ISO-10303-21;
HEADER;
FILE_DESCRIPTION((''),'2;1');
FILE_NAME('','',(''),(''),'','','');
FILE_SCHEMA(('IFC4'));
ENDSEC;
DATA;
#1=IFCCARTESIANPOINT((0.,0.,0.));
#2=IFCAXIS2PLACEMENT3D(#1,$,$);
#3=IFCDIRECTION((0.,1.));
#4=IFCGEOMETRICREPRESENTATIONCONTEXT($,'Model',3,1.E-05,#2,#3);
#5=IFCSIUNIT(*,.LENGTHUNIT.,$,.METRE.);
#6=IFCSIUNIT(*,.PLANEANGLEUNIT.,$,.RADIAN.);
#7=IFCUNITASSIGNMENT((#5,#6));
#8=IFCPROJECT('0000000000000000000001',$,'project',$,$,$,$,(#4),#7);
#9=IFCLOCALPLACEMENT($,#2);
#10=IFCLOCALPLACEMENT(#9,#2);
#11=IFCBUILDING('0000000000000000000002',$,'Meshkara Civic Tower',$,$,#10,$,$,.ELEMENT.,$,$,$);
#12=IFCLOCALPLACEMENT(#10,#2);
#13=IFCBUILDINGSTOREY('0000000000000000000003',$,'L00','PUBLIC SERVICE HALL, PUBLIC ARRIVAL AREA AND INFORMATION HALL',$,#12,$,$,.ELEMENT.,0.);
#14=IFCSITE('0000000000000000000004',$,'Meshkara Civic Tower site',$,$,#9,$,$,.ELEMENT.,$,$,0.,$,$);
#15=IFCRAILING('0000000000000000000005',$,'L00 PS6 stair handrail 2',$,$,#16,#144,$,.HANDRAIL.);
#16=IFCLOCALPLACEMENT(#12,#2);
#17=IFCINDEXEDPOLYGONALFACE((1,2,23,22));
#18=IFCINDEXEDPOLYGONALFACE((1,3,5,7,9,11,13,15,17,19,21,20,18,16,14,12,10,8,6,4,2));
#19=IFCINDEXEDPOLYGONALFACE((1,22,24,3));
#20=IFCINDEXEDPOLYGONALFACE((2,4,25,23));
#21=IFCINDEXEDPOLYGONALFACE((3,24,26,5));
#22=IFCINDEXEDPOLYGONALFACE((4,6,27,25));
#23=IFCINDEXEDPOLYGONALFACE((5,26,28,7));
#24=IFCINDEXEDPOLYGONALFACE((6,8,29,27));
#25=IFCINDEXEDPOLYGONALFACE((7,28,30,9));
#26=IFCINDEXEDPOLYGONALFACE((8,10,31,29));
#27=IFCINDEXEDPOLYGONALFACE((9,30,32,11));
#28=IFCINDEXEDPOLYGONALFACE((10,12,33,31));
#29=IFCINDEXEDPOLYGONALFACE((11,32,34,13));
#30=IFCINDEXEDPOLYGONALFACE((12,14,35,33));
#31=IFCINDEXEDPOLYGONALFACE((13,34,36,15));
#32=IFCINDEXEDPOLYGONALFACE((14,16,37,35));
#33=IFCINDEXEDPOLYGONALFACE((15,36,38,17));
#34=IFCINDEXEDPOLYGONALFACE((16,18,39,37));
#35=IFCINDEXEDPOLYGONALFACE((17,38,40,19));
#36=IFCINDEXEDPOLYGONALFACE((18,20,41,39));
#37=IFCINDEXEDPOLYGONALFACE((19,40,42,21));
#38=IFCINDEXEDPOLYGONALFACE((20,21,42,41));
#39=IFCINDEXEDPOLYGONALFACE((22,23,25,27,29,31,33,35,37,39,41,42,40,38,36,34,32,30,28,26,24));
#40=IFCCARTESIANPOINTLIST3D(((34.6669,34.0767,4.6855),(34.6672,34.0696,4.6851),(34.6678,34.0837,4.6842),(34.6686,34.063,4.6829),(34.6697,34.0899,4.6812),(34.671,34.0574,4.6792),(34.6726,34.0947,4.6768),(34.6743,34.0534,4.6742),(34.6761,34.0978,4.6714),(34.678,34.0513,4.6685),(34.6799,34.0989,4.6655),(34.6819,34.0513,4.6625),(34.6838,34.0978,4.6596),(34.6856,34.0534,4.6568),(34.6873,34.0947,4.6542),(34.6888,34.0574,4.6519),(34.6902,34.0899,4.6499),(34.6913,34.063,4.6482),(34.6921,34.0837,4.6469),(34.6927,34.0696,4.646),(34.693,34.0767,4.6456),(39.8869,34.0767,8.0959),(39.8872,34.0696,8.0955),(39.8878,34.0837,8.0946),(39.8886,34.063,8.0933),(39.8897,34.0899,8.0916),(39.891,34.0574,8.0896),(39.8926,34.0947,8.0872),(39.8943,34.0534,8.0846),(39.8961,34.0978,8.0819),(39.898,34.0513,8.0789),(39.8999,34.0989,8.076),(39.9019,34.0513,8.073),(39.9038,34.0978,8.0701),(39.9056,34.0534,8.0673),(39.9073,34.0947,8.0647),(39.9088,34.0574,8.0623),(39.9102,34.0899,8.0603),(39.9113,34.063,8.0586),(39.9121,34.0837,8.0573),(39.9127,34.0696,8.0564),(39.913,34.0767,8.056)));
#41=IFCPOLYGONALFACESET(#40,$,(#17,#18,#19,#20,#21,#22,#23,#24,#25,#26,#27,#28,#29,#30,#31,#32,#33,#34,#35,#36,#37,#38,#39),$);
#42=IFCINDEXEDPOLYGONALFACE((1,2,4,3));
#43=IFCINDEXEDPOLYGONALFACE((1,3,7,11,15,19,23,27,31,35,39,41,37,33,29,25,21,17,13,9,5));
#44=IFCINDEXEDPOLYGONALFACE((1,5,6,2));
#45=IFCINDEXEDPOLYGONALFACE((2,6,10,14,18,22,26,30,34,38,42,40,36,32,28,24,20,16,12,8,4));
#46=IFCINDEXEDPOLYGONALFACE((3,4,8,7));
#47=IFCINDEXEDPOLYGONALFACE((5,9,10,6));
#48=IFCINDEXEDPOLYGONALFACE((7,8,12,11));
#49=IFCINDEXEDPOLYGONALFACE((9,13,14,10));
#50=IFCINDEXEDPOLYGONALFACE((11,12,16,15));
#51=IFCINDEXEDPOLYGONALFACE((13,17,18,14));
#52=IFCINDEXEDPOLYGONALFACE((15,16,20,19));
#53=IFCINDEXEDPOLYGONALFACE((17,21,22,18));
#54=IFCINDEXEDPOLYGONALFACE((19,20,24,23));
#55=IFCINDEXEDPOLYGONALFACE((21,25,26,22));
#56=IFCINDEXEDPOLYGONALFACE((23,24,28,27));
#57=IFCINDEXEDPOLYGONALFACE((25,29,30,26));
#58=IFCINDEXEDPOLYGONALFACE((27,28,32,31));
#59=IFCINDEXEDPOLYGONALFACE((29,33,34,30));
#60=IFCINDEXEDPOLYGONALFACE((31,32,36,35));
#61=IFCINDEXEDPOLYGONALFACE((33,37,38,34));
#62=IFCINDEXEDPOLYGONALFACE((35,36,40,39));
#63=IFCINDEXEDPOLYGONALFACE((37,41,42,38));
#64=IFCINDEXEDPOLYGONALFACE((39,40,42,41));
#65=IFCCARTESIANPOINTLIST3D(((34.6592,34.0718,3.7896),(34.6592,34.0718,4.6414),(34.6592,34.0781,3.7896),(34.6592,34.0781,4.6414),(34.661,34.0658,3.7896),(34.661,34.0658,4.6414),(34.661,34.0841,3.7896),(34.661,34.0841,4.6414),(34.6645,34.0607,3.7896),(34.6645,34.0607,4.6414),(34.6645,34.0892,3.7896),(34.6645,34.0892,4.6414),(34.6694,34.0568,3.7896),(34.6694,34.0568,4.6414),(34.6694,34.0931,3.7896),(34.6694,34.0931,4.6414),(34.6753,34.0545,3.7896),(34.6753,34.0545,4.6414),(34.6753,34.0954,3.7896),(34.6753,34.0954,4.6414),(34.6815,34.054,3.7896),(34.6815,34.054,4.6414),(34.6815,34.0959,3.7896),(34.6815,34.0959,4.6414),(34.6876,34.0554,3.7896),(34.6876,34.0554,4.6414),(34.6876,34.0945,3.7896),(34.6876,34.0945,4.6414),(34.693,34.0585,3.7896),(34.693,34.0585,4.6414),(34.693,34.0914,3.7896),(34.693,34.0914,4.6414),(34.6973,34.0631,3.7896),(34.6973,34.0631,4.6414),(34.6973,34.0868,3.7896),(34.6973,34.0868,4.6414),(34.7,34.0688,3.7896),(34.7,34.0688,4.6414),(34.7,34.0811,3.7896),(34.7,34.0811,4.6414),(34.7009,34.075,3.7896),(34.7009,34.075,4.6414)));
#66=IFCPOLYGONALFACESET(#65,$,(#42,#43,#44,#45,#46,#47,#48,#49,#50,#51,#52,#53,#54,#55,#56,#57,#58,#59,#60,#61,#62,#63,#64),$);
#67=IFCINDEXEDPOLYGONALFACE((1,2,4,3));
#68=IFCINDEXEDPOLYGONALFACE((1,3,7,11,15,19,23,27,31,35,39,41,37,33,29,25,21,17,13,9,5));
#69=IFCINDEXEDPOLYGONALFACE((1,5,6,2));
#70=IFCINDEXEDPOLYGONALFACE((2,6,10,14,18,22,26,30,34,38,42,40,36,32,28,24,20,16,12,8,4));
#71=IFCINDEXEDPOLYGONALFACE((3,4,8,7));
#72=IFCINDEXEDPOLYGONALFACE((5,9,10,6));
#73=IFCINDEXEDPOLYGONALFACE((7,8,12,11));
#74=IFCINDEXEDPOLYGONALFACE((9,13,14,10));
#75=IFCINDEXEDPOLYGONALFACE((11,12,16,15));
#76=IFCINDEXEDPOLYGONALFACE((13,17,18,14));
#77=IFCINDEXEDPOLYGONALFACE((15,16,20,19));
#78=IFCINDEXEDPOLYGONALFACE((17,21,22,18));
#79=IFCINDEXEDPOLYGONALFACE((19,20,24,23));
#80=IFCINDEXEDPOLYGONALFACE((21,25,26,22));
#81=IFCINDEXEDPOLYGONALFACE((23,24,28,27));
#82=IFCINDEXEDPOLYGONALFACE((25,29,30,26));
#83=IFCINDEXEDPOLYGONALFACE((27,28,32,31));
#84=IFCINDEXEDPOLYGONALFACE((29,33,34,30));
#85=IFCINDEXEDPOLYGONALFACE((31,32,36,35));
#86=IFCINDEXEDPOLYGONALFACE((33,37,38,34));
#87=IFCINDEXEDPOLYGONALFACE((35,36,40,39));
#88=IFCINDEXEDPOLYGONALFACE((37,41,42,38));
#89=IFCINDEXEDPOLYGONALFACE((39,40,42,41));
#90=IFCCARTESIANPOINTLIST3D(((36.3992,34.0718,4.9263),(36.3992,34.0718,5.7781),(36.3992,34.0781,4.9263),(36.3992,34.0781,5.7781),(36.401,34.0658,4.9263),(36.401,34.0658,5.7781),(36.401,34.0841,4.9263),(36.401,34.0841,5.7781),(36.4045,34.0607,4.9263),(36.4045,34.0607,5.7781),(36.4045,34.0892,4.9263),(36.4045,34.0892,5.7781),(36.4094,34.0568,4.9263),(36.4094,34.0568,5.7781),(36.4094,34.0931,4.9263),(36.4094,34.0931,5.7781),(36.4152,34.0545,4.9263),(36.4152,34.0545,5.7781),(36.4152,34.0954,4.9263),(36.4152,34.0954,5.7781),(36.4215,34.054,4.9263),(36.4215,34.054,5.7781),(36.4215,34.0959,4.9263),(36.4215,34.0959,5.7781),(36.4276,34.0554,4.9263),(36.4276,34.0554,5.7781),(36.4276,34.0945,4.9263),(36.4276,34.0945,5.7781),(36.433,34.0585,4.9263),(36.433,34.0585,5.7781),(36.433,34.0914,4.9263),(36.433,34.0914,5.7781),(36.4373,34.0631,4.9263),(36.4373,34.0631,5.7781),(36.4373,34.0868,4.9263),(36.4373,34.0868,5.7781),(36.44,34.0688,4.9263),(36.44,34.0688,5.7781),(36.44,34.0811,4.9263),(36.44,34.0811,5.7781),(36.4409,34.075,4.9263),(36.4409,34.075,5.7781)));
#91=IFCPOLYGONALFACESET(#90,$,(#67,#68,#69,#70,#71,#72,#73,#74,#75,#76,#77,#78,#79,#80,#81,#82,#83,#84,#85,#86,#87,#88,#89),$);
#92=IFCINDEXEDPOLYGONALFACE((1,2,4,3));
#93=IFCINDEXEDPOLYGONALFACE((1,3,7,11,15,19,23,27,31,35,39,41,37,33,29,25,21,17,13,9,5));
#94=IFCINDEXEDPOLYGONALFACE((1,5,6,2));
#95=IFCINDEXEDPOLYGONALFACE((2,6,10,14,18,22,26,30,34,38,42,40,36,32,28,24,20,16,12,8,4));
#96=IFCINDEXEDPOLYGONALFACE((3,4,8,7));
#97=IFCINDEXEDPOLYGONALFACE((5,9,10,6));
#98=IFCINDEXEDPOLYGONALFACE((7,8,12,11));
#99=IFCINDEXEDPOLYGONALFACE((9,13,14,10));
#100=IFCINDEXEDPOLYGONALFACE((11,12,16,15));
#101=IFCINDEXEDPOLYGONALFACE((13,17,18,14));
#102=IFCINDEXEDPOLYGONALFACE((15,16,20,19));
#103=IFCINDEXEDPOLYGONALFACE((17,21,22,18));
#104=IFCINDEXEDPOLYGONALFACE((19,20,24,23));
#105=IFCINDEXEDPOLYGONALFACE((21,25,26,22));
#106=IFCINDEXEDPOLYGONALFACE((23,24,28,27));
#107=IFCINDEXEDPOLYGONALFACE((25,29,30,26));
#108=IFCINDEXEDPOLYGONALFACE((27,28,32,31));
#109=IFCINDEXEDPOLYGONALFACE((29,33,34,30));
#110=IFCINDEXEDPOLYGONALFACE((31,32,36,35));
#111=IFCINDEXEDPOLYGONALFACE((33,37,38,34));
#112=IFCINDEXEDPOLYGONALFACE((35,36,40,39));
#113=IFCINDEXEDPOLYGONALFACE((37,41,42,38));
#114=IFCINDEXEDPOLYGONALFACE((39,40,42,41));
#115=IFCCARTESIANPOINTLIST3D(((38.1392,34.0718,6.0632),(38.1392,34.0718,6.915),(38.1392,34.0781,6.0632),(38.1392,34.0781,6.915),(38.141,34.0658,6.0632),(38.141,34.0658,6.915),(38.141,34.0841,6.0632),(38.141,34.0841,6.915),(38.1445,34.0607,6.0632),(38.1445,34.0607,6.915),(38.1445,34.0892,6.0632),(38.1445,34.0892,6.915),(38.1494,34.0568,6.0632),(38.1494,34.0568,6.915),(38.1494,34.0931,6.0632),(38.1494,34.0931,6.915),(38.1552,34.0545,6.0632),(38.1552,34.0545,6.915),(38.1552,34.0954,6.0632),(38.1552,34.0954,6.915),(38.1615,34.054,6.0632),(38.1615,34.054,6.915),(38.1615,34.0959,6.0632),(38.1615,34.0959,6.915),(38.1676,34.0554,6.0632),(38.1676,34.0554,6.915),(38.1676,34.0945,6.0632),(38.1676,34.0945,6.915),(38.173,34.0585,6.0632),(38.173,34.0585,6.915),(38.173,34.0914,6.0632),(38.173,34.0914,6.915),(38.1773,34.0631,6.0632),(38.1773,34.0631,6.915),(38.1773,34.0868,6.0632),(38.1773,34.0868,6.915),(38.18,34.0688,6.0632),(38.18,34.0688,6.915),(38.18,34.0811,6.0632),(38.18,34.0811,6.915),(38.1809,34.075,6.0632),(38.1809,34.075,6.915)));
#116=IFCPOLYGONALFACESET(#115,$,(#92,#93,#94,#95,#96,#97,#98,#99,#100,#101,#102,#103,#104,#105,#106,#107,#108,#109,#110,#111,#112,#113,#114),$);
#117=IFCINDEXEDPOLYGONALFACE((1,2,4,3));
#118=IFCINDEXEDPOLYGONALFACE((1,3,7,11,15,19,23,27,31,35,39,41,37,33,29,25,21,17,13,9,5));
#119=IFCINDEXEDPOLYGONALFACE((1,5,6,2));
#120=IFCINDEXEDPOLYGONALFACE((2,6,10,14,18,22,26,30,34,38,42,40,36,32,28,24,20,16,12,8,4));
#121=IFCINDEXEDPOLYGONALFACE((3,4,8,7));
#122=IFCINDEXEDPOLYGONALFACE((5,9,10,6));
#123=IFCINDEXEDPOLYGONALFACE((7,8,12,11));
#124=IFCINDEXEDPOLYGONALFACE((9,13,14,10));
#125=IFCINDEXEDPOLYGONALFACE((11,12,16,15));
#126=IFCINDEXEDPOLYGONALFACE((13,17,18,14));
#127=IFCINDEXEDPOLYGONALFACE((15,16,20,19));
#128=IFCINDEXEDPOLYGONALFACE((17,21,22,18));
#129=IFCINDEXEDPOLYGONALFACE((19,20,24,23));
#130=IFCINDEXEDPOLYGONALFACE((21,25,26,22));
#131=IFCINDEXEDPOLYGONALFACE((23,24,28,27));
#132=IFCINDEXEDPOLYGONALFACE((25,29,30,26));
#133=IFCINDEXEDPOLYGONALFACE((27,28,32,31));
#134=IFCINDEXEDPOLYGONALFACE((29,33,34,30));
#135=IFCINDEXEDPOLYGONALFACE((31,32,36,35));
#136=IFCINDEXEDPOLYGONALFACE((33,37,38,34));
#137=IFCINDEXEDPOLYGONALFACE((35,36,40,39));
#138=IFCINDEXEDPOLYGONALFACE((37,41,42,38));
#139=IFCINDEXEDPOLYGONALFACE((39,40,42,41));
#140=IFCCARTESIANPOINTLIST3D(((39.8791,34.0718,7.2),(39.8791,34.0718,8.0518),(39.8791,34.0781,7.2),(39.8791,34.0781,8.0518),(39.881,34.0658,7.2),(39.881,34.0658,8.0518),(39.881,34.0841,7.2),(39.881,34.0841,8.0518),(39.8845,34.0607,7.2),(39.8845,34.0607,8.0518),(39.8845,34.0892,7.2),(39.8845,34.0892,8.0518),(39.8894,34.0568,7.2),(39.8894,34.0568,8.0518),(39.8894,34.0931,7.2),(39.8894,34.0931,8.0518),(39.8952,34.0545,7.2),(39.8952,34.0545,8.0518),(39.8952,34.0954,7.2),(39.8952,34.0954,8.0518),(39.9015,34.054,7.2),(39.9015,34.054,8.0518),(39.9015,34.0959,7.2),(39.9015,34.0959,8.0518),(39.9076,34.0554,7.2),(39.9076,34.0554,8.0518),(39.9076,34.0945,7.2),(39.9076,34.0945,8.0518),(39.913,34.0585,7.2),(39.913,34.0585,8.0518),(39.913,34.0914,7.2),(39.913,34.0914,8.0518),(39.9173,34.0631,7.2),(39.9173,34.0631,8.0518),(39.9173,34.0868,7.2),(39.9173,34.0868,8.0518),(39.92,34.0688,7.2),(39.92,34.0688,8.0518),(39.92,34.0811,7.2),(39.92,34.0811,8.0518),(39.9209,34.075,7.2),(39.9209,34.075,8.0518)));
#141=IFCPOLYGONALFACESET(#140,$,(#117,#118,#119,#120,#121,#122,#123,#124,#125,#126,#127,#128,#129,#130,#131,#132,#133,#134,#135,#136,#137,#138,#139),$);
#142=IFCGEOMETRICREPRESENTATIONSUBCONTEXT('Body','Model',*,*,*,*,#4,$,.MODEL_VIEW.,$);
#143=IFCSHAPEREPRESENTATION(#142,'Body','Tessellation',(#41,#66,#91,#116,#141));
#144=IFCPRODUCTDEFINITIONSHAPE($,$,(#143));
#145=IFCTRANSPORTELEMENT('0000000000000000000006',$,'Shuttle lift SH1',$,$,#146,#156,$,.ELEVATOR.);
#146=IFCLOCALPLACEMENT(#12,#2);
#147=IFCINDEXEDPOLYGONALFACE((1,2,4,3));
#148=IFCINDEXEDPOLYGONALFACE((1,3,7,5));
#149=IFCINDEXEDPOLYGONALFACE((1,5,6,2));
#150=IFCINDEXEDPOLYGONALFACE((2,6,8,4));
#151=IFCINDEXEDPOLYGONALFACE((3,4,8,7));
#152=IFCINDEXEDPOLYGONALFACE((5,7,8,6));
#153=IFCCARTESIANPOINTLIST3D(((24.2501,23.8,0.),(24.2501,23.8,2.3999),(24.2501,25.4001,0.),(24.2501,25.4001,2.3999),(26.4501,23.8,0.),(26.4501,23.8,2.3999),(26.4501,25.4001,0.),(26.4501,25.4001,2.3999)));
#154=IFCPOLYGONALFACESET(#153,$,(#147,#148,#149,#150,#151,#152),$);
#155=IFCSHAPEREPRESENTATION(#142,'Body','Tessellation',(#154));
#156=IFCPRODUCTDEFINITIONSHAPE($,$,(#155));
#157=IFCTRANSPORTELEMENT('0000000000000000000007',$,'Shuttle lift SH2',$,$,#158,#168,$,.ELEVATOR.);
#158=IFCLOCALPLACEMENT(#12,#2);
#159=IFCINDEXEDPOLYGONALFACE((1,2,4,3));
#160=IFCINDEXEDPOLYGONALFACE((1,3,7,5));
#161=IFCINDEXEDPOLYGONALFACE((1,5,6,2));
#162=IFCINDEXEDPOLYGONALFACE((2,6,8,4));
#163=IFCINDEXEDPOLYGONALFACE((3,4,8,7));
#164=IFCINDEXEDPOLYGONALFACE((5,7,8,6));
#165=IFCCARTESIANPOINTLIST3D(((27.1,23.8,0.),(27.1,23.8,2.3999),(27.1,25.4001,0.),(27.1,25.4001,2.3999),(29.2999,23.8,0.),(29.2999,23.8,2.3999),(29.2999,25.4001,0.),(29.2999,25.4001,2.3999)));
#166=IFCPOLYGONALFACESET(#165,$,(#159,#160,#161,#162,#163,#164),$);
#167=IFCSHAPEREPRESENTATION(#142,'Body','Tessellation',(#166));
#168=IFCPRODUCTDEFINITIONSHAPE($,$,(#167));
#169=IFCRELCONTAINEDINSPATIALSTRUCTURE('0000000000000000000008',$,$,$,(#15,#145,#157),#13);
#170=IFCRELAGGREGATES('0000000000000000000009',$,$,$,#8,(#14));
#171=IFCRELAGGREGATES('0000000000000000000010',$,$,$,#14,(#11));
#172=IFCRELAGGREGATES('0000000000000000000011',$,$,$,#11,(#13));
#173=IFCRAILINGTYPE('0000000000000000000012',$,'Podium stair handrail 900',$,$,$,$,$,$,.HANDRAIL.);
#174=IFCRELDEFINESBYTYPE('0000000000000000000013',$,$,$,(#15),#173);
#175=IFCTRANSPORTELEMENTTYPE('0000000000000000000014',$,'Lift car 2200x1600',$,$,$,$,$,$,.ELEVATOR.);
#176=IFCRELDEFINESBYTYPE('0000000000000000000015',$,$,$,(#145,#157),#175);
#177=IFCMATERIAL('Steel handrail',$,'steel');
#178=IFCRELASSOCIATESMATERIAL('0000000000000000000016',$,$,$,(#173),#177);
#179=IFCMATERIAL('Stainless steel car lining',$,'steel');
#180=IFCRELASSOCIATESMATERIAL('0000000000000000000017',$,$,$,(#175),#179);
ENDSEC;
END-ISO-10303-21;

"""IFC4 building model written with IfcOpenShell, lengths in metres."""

from ifc_helpers import new_model, si_unit, direction, frame, origin, origin_2d, place, context, subcontext, project, spatial, rectangle, circle, extrude, material, type_object, element, save


model = new_model("IFC4")

# Units and contexts
model_context = context("Model", 3, precision=1e-05, world=origin(), true_north=direction((0.0, 1.0)))
body_context = subcontext(model_context, "Body", "Model", "MODEL_VIEW")
ifc_project = project(units=[si_unit("LENGTHUNIT", "METRE"), si_unit("PLANEANGLEUNIT", "RADIAN")], contexts=[model_context])

# Site, building, storey
site_placement = place(None, origin())
site = spatial("IfcSite", under=ifc_project, at=site_placement, Name="Meshkara Civic Tower site", CompositionType="ELEMENT", RefElevation=0.0)
building_placement = place(site_placement, origin())
building = spatial("IfcBuilding", under=site, at=building_placement, Name="Meshkara Civic Tower", CompositionType="ELEMENT")
storey_placement = place(building_placement, origin())
storey = spatial("IfcBuildingStorey", under=building, at=storey_placement, Name="L00", Description="PUBLIC SERVICE HALL, PUBLIC ARRIVAL AREA AND INFORMATION HALL", CompositionType="ELEMENT", Elevation=0.0)

# Railing
ifc_material_1 = material(Name="Steel handrail", Category="steel")
railing_type_1 = type_object("IfcRailingType", Name="Podium stair handrail 900", PredefinedType="HANDRAIL", material=ifc_material_1)
railing_1_placement = place(storey_placement, frame((34.6799, 34.075, 3.7896)))
element("IfcRailing", 1, at=railing_1_placement, inside=storey, type_object=railing_type_1, Name="L00 PS6 stair handrail 2", PredefinedType="HANDRAIL", context=body_context, shape_type="SweptSolid", body=[
    extrude(circle(Radius=0.0239, at=origin_2d()), frame((0.0, 0.0, 0.876), z_axis=(0.837165, 0.0, 0.546951), x_axis=(0.0, 1.0, 0.0)), (0.0, 0.0, 1.0), 6.2354),
    extrude(circle(Radius=0.021, at=origin_2d()), origin(), (0.0, 0.0, 1.0), 0.8518),
    extrude(circle(Radius=0.021, at=origin_2d()), frame((1.74, 0.0, 1.1367)), (0.0, 0.0, 1.0), 0.8518),
    extrude(circle(Radius=0.021, at=origin_2d()), frame((3.48, 0.0, 2.2737)), (0.0, 0.0, 1.0), 0.8518),
    extrude(circle(Radius=0.021, at=origin_2d()), frame((5.22, 0.0, 3.4104)), (0.0, 0.0, 1.0), 0.8518),
])

# Transport elements
ifc_material_2 = material(Name="Stainless steel car lining", Category="steel")
transport_element_type = type_object("IfcTransportElementType", Name="Lift car 2200x1600", PredefinedType="ELEVATOR", material=ifc_material_2)
for number, where, z_axis, x_axis, name in (
    (2, (25.3501, 24.6001, 0.0), (0.0, 0.0, 1.0), (1.0, 0.0, 0.0), "Shuttle lift SH1"),
    (3, (28.2, 24.6001, 0.0), (0.0, 0.0, 1.0), (1.0, 0.0, 0.0), "Shuttle lift SH2"),
):
    element("IfcTransportElement", number, at=place(storey_placement, frame(where, z_axis=z_axis, x_axis=x_axis)), inside=storey, type_object=transport_element_type, Name=name, PredefinedType="ELEVATOR", context=body_context, shape_type="SweptSolid", body=[
        extrude(rectangle(XDim=2.2, YDim=1.6001, at=origin_2d()), origin(), (0.0, 0.0, 1.0), 2.3999),
    ])

save(model, "model.ifc")
